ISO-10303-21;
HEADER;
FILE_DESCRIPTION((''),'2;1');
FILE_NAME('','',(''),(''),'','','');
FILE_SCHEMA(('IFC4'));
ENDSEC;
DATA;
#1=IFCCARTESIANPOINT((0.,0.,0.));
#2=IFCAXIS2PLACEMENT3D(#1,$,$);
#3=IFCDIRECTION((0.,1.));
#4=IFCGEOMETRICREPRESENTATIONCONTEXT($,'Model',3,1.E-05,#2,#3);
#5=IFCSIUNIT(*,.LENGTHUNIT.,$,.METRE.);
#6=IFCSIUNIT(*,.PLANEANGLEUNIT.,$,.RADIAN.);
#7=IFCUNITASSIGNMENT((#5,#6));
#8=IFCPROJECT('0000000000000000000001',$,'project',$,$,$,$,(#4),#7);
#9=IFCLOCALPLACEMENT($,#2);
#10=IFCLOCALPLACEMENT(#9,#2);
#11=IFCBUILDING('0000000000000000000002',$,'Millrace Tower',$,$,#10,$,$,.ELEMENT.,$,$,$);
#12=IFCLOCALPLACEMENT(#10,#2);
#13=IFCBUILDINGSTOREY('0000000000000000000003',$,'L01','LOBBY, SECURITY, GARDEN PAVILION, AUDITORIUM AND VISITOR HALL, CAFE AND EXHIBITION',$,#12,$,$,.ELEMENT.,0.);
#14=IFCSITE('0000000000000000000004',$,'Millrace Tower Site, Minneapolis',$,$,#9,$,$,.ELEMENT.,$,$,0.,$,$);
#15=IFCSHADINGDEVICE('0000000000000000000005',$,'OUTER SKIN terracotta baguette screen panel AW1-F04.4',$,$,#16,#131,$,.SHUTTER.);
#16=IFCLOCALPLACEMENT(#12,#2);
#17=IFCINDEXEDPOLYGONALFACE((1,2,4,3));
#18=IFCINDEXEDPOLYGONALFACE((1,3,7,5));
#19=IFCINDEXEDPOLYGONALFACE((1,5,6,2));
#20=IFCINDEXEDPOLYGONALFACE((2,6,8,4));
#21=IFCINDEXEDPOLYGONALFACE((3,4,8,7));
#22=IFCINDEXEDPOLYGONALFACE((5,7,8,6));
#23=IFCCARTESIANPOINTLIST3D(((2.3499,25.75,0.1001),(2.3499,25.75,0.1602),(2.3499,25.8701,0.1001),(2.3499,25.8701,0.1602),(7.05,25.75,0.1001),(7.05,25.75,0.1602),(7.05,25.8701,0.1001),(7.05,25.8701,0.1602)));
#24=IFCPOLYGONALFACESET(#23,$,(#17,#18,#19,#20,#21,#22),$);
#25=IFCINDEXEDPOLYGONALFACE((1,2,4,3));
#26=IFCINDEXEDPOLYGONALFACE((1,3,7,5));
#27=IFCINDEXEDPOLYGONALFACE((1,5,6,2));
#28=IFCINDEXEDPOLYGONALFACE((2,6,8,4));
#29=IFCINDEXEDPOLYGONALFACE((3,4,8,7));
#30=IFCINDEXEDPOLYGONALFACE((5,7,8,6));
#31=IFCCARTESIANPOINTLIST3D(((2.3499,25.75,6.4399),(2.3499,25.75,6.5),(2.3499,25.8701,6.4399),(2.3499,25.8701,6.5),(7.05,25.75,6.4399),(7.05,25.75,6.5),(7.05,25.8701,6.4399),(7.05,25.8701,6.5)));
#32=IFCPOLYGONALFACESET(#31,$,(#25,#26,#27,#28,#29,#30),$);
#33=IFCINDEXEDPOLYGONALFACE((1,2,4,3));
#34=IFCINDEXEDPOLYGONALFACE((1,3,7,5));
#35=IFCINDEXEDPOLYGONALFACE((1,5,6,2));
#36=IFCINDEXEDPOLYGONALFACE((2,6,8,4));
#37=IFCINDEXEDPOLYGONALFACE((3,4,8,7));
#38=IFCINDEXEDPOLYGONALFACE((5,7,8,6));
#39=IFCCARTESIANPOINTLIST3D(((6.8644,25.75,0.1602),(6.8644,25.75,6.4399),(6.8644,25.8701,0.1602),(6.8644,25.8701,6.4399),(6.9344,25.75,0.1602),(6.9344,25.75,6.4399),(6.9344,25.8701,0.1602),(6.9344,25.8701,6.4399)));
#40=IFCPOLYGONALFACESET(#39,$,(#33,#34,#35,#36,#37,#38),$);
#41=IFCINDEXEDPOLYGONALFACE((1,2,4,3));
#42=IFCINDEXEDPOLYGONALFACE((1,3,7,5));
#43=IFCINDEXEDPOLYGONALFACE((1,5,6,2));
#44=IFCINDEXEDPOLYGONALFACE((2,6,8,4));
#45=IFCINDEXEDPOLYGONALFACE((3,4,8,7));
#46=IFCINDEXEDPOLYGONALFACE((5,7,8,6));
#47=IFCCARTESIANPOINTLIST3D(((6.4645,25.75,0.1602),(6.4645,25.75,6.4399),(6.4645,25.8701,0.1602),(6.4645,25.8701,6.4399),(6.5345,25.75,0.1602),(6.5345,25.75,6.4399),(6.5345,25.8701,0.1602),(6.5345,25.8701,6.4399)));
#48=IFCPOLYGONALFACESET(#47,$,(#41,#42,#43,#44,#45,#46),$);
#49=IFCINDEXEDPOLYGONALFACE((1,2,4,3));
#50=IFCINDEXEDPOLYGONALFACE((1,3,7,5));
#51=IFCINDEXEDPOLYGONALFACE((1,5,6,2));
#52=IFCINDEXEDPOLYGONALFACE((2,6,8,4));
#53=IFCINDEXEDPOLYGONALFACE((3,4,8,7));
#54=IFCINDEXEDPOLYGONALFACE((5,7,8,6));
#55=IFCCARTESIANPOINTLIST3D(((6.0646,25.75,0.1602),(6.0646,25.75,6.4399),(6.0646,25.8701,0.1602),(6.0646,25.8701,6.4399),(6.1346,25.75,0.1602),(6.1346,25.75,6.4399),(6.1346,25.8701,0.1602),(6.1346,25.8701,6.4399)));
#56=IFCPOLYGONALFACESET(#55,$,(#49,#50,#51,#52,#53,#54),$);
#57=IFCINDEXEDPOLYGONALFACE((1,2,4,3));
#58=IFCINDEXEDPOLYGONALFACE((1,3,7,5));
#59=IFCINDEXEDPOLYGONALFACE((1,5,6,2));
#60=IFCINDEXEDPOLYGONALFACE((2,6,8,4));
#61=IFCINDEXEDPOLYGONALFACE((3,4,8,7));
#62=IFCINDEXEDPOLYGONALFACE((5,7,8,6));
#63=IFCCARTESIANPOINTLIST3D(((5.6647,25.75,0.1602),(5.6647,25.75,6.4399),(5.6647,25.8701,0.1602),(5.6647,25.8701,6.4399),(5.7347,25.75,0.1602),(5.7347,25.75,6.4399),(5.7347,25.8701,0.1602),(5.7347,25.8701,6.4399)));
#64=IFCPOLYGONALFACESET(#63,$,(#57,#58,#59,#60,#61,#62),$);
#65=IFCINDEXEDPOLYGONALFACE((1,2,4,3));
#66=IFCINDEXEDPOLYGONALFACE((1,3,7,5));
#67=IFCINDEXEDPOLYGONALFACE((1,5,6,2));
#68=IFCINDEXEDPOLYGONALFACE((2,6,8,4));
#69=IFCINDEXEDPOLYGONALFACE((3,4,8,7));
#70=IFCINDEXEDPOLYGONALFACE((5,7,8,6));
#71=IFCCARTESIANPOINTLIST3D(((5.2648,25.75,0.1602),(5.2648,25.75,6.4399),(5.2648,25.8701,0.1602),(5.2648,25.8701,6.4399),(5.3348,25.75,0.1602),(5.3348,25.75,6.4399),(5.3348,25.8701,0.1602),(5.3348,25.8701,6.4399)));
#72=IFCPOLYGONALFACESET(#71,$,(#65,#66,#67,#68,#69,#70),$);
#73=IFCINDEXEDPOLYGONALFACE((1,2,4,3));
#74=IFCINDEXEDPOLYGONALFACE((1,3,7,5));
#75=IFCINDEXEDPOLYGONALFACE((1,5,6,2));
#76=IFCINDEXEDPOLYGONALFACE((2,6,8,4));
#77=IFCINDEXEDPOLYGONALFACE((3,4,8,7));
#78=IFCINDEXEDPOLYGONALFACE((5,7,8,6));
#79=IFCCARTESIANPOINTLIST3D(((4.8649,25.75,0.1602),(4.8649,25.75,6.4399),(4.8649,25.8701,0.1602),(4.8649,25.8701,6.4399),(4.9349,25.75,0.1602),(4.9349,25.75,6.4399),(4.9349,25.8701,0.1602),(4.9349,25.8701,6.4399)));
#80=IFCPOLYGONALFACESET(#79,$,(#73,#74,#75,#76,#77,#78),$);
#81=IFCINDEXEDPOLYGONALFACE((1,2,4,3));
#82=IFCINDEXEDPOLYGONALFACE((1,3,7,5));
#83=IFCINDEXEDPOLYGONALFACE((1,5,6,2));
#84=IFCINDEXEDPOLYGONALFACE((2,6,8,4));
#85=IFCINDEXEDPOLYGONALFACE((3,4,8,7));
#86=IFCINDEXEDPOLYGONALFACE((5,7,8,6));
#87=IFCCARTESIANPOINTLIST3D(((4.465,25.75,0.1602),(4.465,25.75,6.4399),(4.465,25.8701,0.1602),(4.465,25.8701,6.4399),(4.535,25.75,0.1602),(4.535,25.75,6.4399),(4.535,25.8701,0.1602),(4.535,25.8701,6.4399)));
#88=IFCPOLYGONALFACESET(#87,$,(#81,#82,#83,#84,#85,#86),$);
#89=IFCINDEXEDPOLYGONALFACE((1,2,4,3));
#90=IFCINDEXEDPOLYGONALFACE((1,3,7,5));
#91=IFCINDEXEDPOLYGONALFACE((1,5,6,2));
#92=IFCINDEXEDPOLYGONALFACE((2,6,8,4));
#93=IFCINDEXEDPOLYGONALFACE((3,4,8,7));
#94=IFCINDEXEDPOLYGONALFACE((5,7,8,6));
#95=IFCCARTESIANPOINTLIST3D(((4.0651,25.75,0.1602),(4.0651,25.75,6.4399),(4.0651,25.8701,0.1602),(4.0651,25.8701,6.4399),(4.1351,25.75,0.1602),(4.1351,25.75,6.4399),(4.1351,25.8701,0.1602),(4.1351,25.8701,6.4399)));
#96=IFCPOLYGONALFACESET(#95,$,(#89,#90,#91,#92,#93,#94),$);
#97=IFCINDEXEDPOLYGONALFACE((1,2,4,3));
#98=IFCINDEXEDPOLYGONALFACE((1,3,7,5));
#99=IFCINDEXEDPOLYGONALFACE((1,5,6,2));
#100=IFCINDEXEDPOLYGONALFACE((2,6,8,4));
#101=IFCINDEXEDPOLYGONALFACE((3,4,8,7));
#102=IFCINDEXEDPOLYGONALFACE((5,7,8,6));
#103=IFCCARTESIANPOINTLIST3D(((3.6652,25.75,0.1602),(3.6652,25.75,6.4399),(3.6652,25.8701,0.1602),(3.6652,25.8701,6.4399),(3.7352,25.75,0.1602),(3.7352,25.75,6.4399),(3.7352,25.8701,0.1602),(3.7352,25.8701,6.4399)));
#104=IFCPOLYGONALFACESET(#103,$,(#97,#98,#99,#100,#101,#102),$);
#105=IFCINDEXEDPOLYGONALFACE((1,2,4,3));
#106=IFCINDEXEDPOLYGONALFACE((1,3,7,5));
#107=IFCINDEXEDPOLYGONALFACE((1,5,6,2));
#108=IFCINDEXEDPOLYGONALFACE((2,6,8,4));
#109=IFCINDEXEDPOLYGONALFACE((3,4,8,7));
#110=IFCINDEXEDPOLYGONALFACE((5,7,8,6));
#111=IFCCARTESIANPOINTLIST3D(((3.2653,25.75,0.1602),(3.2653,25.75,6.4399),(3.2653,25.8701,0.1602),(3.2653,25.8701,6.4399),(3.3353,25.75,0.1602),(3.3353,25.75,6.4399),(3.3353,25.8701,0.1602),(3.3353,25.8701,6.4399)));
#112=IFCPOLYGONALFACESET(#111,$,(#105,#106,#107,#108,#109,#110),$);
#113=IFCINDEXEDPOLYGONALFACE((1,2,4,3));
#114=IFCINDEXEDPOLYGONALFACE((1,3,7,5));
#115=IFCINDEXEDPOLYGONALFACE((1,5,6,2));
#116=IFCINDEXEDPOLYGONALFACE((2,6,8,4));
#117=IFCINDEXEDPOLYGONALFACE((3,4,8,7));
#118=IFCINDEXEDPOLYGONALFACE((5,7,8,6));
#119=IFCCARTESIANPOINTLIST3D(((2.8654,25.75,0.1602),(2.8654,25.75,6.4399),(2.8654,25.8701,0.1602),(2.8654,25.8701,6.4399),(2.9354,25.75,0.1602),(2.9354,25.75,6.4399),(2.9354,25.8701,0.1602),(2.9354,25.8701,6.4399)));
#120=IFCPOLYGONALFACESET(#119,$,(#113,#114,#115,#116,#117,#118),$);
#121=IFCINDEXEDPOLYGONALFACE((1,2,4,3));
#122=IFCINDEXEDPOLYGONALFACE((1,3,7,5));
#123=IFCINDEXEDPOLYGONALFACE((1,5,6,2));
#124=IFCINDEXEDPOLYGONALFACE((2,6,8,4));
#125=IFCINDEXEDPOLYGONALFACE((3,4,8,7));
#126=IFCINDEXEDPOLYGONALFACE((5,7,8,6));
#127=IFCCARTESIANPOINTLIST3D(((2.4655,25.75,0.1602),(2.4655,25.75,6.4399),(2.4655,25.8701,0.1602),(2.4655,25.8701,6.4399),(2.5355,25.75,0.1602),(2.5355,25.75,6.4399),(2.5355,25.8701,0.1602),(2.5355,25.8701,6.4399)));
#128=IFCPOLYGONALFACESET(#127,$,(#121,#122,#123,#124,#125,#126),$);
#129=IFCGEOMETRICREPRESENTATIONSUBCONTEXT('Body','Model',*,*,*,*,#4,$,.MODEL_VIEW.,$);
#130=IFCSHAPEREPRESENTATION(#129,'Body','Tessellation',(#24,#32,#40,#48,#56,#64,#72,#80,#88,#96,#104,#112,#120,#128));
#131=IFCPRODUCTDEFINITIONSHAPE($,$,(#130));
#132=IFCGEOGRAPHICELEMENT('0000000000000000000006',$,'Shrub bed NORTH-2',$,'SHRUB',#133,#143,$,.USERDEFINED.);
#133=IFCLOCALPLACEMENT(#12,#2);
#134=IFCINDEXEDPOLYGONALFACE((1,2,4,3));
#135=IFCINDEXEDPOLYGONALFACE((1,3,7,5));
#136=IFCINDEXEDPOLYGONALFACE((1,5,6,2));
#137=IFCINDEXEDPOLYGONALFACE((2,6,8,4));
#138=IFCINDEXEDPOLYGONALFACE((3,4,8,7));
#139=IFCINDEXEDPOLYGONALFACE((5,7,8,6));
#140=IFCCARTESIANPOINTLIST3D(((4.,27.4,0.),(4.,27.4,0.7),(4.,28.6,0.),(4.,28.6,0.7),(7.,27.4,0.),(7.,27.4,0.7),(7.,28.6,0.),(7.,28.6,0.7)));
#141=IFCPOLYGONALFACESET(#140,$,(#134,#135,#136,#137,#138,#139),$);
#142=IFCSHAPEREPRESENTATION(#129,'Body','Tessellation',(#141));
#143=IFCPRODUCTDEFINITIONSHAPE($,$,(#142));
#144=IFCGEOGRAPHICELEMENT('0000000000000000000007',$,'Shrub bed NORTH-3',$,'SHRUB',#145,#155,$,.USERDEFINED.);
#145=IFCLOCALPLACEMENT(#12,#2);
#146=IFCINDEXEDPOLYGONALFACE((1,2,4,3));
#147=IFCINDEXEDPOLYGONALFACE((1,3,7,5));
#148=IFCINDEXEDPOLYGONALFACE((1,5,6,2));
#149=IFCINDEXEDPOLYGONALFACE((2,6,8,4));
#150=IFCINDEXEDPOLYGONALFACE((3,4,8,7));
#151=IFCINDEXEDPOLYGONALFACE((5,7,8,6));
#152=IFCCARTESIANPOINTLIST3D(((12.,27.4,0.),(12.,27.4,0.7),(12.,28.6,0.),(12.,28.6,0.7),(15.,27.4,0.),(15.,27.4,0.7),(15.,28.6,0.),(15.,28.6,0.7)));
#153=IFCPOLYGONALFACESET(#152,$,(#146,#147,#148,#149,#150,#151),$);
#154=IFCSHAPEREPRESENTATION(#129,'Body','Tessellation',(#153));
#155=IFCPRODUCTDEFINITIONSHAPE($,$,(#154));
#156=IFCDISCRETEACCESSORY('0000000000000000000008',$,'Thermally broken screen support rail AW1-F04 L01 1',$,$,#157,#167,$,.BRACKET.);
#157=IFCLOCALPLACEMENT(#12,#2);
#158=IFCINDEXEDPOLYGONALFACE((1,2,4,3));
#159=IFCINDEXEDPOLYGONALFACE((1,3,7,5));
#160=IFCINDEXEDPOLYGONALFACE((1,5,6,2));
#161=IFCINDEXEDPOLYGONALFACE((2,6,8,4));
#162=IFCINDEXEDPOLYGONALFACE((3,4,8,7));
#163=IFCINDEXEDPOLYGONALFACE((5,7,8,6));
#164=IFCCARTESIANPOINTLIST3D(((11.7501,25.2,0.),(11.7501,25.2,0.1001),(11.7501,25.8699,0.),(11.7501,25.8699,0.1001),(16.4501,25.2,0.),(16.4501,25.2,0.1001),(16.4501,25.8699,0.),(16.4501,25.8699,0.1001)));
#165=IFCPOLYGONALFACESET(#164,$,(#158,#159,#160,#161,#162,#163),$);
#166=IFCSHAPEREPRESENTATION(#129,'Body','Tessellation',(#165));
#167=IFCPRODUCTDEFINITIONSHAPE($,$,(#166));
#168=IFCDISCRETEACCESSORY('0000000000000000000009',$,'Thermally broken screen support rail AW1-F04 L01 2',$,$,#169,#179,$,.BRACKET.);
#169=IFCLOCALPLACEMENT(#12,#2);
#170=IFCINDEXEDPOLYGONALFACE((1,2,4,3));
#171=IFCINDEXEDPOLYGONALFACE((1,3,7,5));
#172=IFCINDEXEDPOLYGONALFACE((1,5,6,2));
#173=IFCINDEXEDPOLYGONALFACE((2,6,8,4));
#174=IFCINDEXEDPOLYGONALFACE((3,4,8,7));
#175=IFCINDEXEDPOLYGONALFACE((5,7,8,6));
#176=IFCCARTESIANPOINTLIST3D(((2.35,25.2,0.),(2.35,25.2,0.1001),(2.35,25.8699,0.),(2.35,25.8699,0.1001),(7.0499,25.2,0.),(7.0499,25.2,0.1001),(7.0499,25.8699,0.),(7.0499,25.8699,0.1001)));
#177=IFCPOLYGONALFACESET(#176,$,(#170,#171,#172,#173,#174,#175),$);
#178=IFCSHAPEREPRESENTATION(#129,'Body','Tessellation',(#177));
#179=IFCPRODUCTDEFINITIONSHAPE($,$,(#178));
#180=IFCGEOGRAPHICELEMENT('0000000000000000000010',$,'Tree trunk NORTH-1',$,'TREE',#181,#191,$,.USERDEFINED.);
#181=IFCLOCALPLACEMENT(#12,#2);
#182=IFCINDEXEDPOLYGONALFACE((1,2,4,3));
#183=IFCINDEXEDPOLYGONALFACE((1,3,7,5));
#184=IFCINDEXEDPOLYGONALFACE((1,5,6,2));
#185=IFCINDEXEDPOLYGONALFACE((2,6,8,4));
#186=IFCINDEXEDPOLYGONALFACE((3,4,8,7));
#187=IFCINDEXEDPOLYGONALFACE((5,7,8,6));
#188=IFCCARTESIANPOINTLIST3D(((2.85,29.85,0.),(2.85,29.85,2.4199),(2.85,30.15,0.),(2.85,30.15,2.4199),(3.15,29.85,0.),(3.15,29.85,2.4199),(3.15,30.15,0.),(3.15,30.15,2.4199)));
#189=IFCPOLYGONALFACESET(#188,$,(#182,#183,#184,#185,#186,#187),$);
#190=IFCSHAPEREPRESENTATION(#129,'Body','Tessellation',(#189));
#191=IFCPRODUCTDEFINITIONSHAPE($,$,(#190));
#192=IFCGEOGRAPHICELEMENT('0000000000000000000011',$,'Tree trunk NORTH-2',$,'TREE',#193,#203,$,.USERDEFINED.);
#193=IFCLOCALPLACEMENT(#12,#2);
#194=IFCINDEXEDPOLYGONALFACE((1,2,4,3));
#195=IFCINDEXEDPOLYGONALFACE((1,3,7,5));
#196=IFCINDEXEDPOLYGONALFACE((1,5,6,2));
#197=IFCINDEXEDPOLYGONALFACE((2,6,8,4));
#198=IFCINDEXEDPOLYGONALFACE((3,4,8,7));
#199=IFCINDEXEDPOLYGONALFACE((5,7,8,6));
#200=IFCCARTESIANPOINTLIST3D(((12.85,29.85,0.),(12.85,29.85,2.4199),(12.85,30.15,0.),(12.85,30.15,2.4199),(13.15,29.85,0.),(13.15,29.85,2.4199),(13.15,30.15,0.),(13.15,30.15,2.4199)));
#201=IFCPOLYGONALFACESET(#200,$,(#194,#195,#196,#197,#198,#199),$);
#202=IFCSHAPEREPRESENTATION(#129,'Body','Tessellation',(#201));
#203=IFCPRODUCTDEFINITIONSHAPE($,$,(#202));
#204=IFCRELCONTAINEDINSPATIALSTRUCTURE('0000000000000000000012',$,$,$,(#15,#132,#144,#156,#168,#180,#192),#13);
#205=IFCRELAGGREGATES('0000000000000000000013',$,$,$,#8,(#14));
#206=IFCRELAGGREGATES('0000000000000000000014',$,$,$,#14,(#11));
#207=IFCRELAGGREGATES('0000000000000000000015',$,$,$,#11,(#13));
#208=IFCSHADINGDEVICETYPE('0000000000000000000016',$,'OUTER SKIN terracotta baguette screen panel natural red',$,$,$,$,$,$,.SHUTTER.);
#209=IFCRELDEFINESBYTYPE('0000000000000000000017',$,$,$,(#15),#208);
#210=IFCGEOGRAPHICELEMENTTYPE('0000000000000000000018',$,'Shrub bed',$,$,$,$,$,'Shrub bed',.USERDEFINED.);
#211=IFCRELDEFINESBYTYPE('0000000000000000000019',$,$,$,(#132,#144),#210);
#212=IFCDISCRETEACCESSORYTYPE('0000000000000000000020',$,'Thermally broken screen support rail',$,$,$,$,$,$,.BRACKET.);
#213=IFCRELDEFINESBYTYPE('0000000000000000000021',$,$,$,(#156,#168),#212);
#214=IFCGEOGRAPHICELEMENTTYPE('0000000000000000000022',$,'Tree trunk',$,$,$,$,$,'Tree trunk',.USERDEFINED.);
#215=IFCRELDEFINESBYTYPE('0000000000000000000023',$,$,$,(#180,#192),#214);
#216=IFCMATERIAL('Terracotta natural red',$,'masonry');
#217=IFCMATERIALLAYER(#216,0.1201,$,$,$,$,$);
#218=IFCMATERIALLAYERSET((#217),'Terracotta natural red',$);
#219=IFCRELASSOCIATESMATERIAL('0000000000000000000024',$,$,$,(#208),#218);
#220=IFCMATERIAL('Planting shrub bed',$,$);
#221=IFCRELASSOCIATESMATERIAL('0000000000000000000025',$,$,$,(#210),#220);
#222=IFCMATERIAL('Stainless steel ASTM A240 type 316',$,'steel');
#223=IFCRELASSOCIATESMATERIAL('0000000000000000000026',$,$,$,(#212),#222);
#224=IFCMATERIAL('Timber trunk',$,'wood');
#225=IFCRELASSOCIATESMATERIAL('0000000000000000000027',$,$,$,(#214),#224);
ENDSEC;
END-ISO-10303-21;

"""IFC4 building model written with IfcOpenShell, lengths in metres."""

from ifc_helpers import new_model, entity, si_unit, direction, frame, frame_2d, origin, origin_2d, place, context, subcontext, project, spatial, rectangle, extrude, source, transform, mapped, material, layer, layer_set, type_object, element, save


model = new_model("IFC4")

# Units and contexts
model_context = context("Model", 3, precision=1e-05, world=origin(), true_north=direction((0.0, 1.0)))
body_context = subcontext(model_context, "Body", "Model", "MODEL_VIEW")
ifc_project = project(units=[si_unit("LENGTHUNIT", "METRE"), si_unit("PLANEANGLEUNIT", "RADIAN")], contexts=[model_context])

# Site, building, storey
site_placement = place(None, origin())
site = spatial("IfcSite", under=ifc_project, at=site_placement, Name="Millrace Tower Site, Minneapolis", CompositionType="ELEMENT", RefElevation=0.0)
building_placement = place(site_placement, origin())
building = spatial("IfcBuilding", under=site, at=building_placement, Name="Millrace Tower", CompositionType="ELEMENT")
storey_placement = place(building_placement, origin())
storey = spatial("IfcBuildingStorey", under=building, at=storey_placement, Name="L01", Description="LOBBY, SECURITY, GARDEN PAVILION, AUDITORIUM AND VISITOR HALL, CAFE AND EXHIBITION", CompositionType="ELEMENT", Elevation=0.0)

# Shading device
ifc_material_1 = material(Name="Terracotta natural red", Category="masonry")
ifc_layer_1 = layer(ifc_material_1, 0.1201)
ifc_layer_set_1 = layer_set([ifc_layer_1], Name="Terracotta natural red")
shading_device_type = type_object("IfcShadingDeviceType", Name="OUTER SKIN terracotta baguette screen panel natural red", PredefinedType="SHUTTER", material=ifc_layer_set_1)
cartesian_point = entity("IfcCartesianPoint", [-2.3501, 0.0601])
shared_polyline = entity("IfcPolyline", [cartesian_point, entity("IfcCartesianPoint", [2.3501, 0.0601]), entity("IfcCartesianPoint", [2.3501, -0.0601]), entity("IfcCartesianPoint", [-2.3501, -0.0601]), cartesian_point])
shared_shape = source(origin(), body_context, "Body", "SweptSolid", [
    entity("IfcExtrudedAreaSolid", entity("IfcArbitraryClosedProfileDef", "AREA", None, shared_polyline), entity("IfcAxis2Placement3D", entity("IfcCartesianPoint", [0.0, 0.0, 0.0])), entity("IfcDirection", [0.0, 0.0, 1.0]), 0.0601),
    entity("IfcExtrudedAreaSolid", entity("IfcArbitraryClosedProfileDef", "AREA", None, shared_polyline), entity("IfcAxis2Placement3D", entity("IfcCartesianPoint", [0.0, 0.0, 6.3398])), entity("IfcDirection", [0.0, 0.0, 1.0]), 0.0601),
    extrude(rectangle(XDim=0.0701, YDim=0.1201, at=frame_2d((-2.1995, 0.0))), frame((0.0, 0.0, 0.0601)), (0.0, 0.0, 1.0), 6.2798),
    extrude(rectangle(XDim=0.0701, YDim=0.1201, at=frame_2d((-1.7996, 0.0))), frame((0.0, 0.0, 0.0601)), (0.0, 0.0, 1.0), 6.2798),
    extrude(rectangle(XDim=0.0701, YDim=0.1201, at=frame_2d((-1.3997, 0.0))), frame((0.0, 0.0, 0.0601)), (0.0, 0.0, 1.0), 6.2798),
    extrude(rectangle(XDim=0.0701, YDim=0.1201, at=frame_2d((-0.9998, 0.0))), frame((0.0, 0.0, 0.0601)), (0.0, 0.0, 1.0), 6.2798),
    extrude(rectangle(XDim=0.0701, YDim=0.1201, at=frame_2d((-0.5999, 0.0))), frame((0.0, 0.0, 0.0601)), (0.0, 0.0, 1.0), 6.2798),
    extrude(rectangle(XDim=0.0701, YDim=0.1201, at=frame_2d((-0.2, 0.0))), frame((0.0, 0.0, 0.0601)), (0.0, 0.0, 1.0), 6.2798),
    extrude(rectangle(XDim=0.0701, YDim=0.1201, at=frame_2d((0.2, 0.0))), frame((0.0, 0.0, 0.0601)), (0.0, 0.0, 1.0), 6.2798),
    extrude(rectangle(XDim=0.0701, YDim=0.1201, at=frame_2d((0.5999, 0.0))), frame((0.0, 0.0, 0.0601)), (0.0, 0.0, 1.0), 6.2798),
    extrude(rectangle(XDim=0.0701, YDim=0.1201, at=frame_2d((0.9998, 0.0))), frame((0.0, 0.0, 0.0601)), (0.0, 0.0, 1.0), 6.2798),
    extrude(rectangle(XDim=0.0701, YDim=0.1201, at=frame_2d((1.3997, 0.0))), frame((0.0, 0.0, 0.0601)), (0.0, 0.0, 1.0), 6.2798),
    extrude(rectangle(XDim=0.0701, YDim=0.1201, at=frame_2d((1.7996, 0.0))), frame((0.0, 0.0, 0.0601)), (0.0, 0.0, 1.0), 6.2798),
    extrude(rectangle(XDim=0.0701, YDim=0.1201, at=frame_2d((2.1995, 0.0))), frame((0.0, 0.0, 0.0601)), (0.0, 0.0, 1.0), 6.2798),
])
shading_device_placement = place(storey_placement, frame((4.7, 25.8101, 0.1001), z_axis=(0.0, 0.0, 1.0), x_axis=(-1.0, 0.0, 0.0)))
element("IfcShadingDevice", 1, at=shading_device_placement, inside=storey, type_object=shading_device_type, Name="OUTER SKIN terracotta baguette screen panel AW1-F04.4", PredefinedType="SHUTTER", context=body_context, shape_type="MappedRepresentation", body=[
    mapped(shared_shape, transform((0.0, 0.0, 0.0), scale=1.0)),
])

# Geographic elements
ifc_material_2 = material(Name="Planting shrub bed")
geographic_element_type_1 = type_object("IfcGeographicElementType", Name="Shrub bed", ElementType="Shrub bed", PredefinedType="USERDEFINED", material=ifc_material_2)
for number, where, z_axis, x_axis, name in (
    (2, (5.5, 28.0, 0.0), (0.0, 0.0, 1.0), (1.0, 0.0, 0.0), "Shrub bed NORTH-2"),
    (3, (13.5, 28.0, 0.0), (0.0, 0.0, 1.0), (1.0, 0.0, 0.0), "Shrub bed NORTH-3"),
):
    element("IfcGeographicElement", number, at=place(storey_placement, frame(where, z_axis=z_axis, x_axis=x_axis)), inside=storey, type_object=geographic_element_type_1, Name=name, ObjectType="SHRUB", PredefinedType="USERDEFINED", context=body_context, shape_type="SweptSolid", body=[
        extrude(rectangle(XDim=3.0, YDim=1.2, at=origin_2d()), origin(), (0.0, 0.0, 1.0), 0.7),
    ])

# Discrete accessories
ifc_material_3 = material(Name="Stainless steel ASTM A240 type 316", Category="steel")
discrete_accessory_type = type_object("IfcDiscreteAccessoryType", Name="Thermally broken screen support rail", PredefinedType="BRACKET", material=ifc_material_3)
for number, where, z_axis, x_axis, name in (
    (4, (14.1001, 25.5349, 0.0), (0.0, 0.0, 1.0), (-1.0, 0.0, 0.0), "Thermally broken screen support rail AW1-F04 L01 1"),
    (5, (4.7, 25.5349, 0.0), (0.0, 0.0, 1.0), (-1.0, 0.0, 0.0), "Thermally broken screen support rail AW1-F04 L01 2"),
):
    element("IfcDiscreteAccessory", number, at=place(storey_placement, frame(where, z_axis=z_axis, x_axis=x_axis)), inside=storey, type_object=discrete_accessory_type, Name=name, PredefinedType="BRACKET", context=body_context, shape_type="SweptSolid", body=[
        extrude(rectangle(XDim=4.7, YDim=0.6699, at=origin_2d()), origin(), (0.0, 0.0, 1.0), 0.1001),
    ])

# Geographic elements
ifc_material_4 = material(Name="Timber trunk", Category="wood")
geographic_element_type_2 = type_object("IfcGeographicElementType", Name="Tree trunk", ElementType="Tree trunk", PredefinedType="USERDEFINED", material=ifc_material_4)
for number, where, z_axis, x_axis, name in (
    (6, (3.0, 30.0, 0.0), (0.0, 0.0, 1.0), (1.0, 0.0, 0.0), "Tree trunk NORTH-1"),
    (7, (13.0, 30.0, 0.0), (0.0, 0.0, 1.0), (1.0, 0.0, 0.0), "Tree trunk NORTH-2"),
):
    element("IfcGeographicElement", number, at=place(storey_placement, frame(where, z_axis=z_axis, x_axis=x_axis)), inside=storey, type_object=geographic_element_type_2, Name=name, ObjectType="TREE", PredefinedType="USERDEFINED", context=body_context, shape_type="SweptSolid", body=[
        extrude(rectangle(XDim=0.3, YDim=0.3, at=origin_2d()), origin(), (0.0, 0.0, 1.0), 2.4199),
    ])

save(model, "model.ifc")
